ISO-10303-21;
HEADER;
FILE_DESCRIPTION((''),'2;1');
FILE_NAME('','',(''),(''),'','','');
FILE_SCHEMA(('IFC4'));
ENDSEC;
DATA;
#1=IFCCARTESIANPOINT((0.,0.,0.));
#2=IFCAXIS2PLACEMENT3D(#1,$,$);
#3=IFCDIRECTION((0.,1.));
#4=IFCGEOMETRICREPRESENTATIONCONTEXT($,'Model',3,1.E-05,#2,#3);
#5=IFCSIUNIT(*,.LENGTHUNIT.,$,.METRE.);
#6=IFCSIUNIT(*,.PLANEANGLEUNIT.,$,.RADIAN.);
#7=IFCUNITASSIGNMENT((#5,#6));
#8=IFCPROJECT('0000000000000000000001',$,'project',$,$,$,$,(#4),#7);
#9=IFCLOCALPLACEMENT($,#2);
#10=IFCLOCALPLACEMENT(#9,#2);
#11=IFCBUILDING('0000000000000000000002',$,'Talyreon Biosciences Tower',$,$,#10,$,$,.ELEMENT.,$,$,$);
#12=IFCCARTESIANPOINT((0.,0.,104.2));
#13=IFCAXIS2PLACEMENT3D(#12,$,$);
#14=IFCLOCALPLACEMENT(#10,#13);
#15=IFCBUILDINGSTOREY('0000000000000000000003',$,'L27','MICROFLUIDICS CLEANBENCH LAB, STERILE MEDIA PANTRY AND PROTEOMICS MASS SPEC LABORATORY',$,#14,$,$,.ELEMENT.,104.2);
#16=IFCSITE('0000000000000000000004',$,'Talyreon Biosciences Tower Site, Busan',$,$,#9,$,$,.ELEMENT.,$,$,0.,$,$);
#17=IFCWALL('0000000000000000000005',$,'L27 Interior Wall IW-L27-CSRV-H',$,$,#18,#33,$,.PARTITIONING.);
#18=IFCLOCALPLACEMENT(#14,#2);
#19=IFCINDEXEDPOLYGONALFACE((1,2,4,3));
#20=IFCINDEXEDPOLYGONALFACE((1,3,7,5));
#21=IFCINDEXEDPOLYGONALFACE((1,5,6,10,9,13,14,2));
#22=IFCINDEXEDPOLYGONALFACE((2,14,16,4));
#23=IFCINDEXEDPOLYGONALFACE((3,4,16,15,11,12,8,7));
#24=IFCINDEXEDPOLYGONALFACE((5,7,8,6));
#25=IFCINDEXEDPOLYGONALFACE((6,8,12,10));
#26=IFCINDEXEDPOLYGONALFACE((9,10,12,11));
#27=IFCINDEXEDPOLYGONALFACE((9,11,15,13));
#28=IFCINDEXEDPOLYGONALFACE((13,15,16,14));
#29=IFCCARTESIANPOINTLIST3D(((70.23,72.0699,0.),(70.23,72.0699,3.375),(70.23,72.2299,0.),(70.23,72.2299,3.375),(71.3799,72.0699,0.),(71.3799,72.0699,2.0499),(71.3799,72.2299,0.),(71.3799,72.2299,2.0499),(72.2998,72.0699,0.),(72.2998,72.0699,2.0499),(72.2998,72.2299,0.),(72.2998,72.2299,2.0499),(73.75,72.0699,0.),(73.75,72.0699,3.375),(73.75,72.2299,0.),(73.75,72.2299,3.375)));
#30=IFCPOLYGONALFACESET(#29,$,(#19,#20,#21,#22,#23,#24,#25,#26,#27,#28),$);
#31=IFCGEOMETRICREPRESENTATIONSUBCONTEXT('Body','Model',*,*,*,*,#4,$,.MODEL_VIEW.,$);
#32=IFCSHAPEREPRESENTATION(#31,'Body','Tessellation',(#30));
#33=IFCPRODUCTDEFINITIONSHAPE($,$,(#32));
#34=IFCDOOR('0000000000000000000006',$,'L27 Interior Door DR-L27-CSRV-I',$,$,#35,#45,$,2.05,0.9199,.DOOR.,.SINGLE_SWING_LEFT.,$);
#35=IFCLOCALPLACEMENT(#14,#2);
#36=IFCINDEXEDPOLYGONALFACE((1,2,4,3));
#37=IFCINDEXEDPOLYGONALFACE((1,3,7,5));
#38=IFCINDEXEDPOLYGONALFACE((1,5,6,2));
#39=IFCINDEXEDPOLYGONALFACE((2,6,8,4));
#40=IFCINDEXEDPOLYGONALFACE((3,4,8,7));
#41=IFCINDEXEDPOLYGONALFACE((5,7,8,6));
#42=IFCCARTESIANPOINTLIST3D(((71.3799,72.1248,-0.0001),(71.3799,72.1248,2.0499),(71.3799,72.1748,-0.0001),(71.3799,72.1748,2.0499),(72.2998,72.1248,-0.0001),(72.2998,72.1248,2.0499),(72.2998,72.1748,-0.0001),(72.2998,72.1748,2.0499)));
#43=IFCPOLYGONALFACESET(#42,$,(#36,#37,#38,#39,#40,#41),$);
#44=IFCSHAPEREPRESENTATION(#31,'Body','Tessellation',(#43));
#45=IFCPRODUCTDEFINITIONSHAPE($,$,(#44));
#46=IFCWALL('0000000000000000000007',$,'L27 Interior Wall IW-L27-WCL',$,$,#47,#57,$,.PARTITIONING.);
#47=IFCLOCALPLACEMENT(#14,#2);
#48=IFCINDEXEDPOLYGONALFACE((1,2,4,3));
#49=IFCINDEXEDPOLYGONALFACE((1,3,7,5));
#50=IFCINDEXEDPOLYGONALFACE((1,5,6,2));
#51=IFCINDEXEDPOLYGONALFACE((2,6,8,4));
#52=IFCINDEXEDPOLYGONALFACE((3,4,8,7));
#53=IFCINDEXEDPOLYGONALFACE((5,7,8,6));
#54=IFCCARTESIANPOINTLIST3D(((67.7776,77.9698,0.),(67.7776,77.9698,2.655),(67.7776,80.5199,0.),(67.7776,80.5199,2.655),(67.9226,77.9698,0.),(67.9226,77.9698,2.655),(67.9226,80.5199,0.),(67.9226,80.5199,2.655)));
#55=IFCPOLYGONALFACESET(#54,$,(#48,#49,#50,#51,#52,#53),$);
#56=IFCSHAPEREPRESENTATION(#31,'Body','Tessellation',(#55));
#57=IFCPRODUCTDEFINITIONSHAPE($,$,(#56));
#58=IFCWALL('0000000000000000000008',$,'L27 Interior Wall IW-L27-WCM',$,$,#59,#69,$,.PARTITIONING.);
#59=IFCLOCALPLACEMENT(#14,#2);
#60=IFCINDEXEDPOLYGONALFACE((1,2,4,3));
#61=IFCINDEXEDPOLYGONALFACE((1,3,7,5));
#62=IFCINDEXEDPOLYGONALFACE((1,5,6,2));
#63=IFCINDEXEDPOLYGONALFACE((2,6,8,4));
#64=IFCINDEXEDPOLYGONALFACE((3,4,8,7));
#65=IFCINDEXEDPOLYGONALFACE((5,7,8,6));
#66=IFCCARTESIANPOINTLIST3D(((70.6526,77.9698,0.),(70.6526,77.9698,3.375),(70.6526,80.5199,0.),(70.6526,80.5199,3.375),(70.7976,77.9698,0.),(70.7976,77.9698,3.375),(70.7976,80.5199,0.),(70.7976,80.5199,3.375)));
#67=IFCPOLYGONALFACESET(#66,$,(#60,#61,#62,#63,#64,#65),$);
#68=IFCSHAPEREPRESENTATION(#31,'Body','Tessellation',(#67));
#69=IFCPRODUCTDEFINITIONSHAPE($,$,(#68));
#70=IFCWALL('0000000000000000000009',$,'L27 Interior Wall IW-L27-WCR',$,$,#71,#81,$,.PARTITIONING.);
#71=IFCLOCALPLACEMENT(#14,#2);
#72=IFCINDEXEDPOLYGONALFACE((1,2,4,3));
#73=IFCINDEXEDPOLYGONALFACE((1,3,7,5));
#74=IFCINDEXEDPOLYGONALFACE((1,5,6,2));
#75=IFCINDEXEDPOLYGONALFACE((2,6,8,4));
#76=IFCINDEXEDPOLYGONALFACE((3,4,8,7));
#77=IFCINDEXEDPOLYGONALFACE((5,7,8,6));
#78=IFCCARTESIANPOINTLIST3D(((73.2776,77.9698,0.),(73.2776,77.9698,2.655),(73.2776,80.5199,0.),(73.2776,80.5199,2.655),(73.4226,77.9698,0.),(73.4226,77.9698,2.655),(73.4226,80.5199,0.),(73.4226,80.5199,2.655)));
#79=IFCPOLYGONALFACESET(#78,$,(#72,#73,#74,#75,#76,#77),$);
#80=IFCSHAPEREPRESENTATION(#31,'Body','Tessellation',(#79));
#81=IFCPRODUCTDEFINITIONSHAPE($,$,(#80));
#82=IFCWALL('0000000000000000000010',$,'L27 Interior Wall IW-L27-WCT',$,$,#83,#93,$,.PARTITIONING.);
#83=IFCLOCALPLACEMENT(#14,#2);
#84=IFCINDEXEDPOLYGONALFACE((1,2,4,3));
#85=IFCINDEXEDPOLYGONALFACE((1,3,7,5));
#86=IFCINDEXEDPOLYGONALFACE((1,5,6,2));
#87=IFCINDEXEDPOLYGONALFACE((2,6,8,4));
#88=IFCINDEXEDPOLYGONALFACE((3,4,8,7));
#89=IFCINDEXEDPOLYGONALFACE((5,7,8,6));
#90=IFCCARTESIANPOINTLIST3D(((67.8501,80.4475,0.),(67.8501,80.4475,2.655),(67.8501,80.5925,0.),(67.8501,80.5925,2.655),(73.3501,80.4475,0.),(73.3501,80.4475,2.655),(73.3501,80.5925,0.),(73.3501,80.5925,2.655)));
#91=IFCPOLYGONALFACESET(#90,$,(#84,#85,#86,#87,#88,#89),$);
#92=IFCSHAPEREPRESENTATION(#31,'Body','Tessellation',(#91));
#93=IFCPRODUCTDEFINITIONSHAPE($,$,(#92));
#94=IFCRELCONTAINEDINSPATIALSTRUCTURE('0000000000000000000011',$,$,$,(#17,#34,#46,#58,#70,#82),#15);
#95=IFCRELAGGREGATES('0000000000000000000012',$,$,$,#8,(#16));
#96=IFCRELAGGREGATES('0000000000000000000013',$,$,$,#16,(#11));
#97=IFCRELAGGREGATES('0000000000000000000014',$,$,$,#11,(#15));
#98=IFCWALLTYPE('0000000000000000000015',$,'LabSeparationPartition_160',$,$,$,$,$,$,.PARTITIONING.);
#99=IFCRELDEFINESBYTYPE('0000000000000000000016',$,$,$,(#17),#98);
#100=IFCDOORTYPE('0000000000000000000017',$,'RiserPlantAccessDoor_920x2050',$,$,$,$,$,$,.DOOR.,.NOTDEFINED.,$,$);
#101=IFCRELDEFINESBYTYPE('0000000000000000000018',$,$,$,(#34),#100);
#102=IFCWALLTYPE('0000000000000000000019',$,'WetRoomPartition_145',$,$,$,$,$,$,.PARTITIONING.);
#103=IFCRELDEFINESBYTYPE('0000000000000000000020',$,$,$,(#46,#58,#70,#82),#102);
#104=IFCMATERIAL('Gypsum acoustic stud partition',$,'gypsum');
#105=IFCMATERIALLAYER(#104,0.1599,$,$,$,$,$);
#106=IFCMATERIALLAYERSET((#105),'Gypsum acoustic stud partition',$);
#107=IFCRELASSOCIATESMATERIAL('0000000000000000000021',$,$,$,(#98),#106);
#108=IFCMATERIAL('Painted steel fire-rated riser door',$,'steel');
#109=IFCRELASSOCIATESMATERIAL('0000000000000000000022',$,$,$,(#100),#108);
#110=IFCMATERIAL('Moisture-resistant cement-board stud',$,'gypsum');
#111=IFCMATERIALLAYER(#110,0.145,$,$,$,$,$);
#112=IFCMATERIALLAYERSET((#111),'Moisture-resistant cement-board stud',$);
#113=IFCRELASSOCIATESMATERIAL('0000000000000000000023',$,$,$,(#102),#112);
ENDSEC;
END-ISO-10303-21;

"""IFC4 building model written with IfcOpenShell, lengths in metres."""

from ifc_helpers import new_model, si_unit, direction, frame, frame_2d, origin, place, context, subcontext, project, spatial, rectangle, extrude, material, layer, layer_set, type_object, element, fill, save


model = new_model("IFC4")

# Units and contexts
model_context = context("Model", 3, precision=1e-05, world=origin(), true_north=direction((0.0, 1.0)))
body_context = subcontext(model_context, "Body", "Model", "MODEL_VIEW")
ifc_project = project(units=[si_unit("LENGTHUNIT", "METRE"), si_unit("PLANEANGLEUNIT", "RADIAN")], contexts=[model_context])

# Site, building, storey
site_placement = place(None, origin())
site = spatial("IfcSite", under=ifc_project, at=site_placement, Name="Talyreon Biosciences Tower Site, Busan", CompositionType="ELEMENT", RefElevation=0.0)
building_placement = place(site_placement, origin())
building = spatial("IfcBuilding", under=site, at=building_placement, Name="Talyreon Biosciences Tower", CompositionType="ELEMENT")
storey_placement = place(building_placement, frame((0.0, 0.0, 104.2)))
storey = spatial("IfcBuildingStorey", under=building, at=storey_placement, Name="L27", Description="MICROFLUIDICS CLEANBENCH LAB, STERILE MEDIA PANTRY AND PROTEOMICS MASS SPEC LABORATORY", CompositionType="ELEMENT", Elevation=104.2)

# Wall, opening, door
ifc_material_1 = material(Name="Gypsum acoustic stud partition", Category="gypsum")
ifc_layer_1 = layer(ifc_material_1, 0.1599)
ifc_layer_set_1 = layer_set([ifc_layer_1], Name="Gypsum acoustic stud partition")
wall_type_1 = type_object("IfcWallType", Name="LabSeparationPartition_160", PredefinedType="PARTITIONING", material=ifc_layer_set_1)
wall_1_placement = place(storey_placement, frame((70.23, 72.1499, 0.0), z_axis=(0.0, 0.0, 1.0), x_axis=(1.0, 0.0, 0.0)))
wall_1 = element("IfcWall", 1, at=wall_1_placement, inside=storey, type_object=wall_type_1, Name="L27 Interior Wall IW-L27-CSRV-H", PredefinedType="PARTITIONING", context=body_context, shape_type="SweptSolid", body=[
    extrude(rectangle(XDim=3.52, YDim=0.1599, at=frame_2d((1.76, 0.0))), origin(), (0.0, 0.0, 1.0), 3.375),
])
opening_1_placement = place(wall_1_placement, frame((1.1499, 0.0, 0.0)))
opening_1 = element("IfcOpeningElement", 2, at=opening_1_placement, cuts=wall_1, PredefinedType="OPENING", context=body_context, shape_type="SweptSolid", body=[
    extrude(rectangle(XDim=0.9199, YDim=2.05, at=frame_2d((0.46, 1.0249))), frame((0.0, 0.0898, 0.0), z_axis=(0.0, -1.0, 0.0), x_axis=(1.0, 0.0, 0.0)), (0.0, 0.0, 1.0), 0.1799),
])
ifc_material_2 = material(Name="Painted steel fire-rated riser door", Category="steel")
door_type_1 = type_object("IfcDoorType", Name="RiserPlantAccessDoor_920x2050", OperationType="NOTDEFINED", PredefinedType="DOOR", material=ifc_material_2)
door_1_placement = place(opening_1_placement, origin())
door_1 = element("IfcDoor", 3, at=door_1_placement, inside=storey, type_object=door_type_1, Name="L27 Interior Door DR-L27-CSRV-I", OperationType="SINGLE_SWING_LEFT", OverallHeight=2.05, OverallWidth=0.9199, PredefinedType="DOOR", context=body_context, shape_type="SweptSolid", body=[
    extrude(rectangle(XDim=0.9199, YDim=2.05, at=frame_2d((0.46, 1.0249))), frame((0.0, 0.0249, 0.0), z_axis=(0.0, -1.0, 0.0), x_axis=(1.0, 0.0, 0.0)), (0.0, 0.0, 1.0), 0.05),
])
fill(opening_1, door_1)

# Walls
ifc_material_3 = material(Name="Moisture-resistant cement-board stud", Category="gypsum")
ifc_layer_2 = layer(ifc_material_3, 0.145)
ifc_layer_set_2 = layer_set([ifc_layer_2], Name="Moisture-resistant cement-board stud")
wall_type_2 = type_object("IfcWallType", Name="WetRoomPartition_145", PredefinedType="PARTITIONING", material=ifc_layer_set_2)
wall_2_placement = place(storey_placement, frame((67.8501, 77.97, 0.0), z_axis=(0.0, 0.0, 1.0), x_axis=(0.0, 1.0, 0.0)))
element("IfcWall", 4, at=wall_2_placement, inside=storey, type_object=wall_type_2, Name="L27 Interior Wall IW-L27-WCL", PredefinedType="PARTITIONING", context=body_context, shape_type="SweptSolid", body=[
    extrude(rectangle(XDim=2.55, YDim=0.145, at=frame_2d((1.2749, 0.0))), origin(), (0.0, 0.0, 1.0), 2.655),
])
wall_3_placement = place(storey_placement, frame((70.7251, 77.97, 0.0), z_axis=(0.0, 0.0, 1.0), x_axis=(0.0, 1.0, 0.0)))
element("IfcWall", 5, at=wall_3_placement, inside=storey, type_object=wall_type_2, Name="L27 Interior Wall IW-L27-WCM", PredefinedType="PARTITIONING", context=body_context, shape_type="SweptSolid", body=[
    extrude(rectangle(XDim=2.55, YDim=0.145, at=frame_2d((1.2749, 0.0))), origin(), (0.0, 0.0, 1.0), 3.375),
])
wall_4_placement = place(storey_placement, frame((73.3501, 77.97, 0.0), z_axis=(0.0, 0.0, 1.0), x_axis=(0.0, 1.0, 0.0)))
element("IfcWall", 6, at=wall_4_placement, inside=storey, type_object=wall_type_2, Name="L27 Interior Wall IW-L27-WCR", PredefinedType="PARTITIONING", context=body_context, shape_type="SweptSolid", body=[
    extrude(rectangle(XDim=2.55, YDim=0.145, at=frame_2d((1.2749, 0.0))), origin(), (0.0, 0.0, 1.0), 2.655),
])
wall_5_placement = place(storey_placement, frame((67.8501, 80.52, 0.0), z_axis=(0.0, 0.0, 1.0), x_axis=(1.0, 0.0, 0.0)))
element("IfcWall", 7, at=wall_5_placement, inside=storey, type_object=wall_type_2, Name="L27 Interior Wall IW-L27-WCT", PredefinedType="PARTITIONING", context=body_context, shape_type="SweptSolid", body=[
    extrude(rectangle(XDim=5.5, YDim=0.145, at=frame_2d((2.75, 0.0))), origin(), (0.0, 0.0, 1.0), 2.655),
])

save(model, "model.ifc")
